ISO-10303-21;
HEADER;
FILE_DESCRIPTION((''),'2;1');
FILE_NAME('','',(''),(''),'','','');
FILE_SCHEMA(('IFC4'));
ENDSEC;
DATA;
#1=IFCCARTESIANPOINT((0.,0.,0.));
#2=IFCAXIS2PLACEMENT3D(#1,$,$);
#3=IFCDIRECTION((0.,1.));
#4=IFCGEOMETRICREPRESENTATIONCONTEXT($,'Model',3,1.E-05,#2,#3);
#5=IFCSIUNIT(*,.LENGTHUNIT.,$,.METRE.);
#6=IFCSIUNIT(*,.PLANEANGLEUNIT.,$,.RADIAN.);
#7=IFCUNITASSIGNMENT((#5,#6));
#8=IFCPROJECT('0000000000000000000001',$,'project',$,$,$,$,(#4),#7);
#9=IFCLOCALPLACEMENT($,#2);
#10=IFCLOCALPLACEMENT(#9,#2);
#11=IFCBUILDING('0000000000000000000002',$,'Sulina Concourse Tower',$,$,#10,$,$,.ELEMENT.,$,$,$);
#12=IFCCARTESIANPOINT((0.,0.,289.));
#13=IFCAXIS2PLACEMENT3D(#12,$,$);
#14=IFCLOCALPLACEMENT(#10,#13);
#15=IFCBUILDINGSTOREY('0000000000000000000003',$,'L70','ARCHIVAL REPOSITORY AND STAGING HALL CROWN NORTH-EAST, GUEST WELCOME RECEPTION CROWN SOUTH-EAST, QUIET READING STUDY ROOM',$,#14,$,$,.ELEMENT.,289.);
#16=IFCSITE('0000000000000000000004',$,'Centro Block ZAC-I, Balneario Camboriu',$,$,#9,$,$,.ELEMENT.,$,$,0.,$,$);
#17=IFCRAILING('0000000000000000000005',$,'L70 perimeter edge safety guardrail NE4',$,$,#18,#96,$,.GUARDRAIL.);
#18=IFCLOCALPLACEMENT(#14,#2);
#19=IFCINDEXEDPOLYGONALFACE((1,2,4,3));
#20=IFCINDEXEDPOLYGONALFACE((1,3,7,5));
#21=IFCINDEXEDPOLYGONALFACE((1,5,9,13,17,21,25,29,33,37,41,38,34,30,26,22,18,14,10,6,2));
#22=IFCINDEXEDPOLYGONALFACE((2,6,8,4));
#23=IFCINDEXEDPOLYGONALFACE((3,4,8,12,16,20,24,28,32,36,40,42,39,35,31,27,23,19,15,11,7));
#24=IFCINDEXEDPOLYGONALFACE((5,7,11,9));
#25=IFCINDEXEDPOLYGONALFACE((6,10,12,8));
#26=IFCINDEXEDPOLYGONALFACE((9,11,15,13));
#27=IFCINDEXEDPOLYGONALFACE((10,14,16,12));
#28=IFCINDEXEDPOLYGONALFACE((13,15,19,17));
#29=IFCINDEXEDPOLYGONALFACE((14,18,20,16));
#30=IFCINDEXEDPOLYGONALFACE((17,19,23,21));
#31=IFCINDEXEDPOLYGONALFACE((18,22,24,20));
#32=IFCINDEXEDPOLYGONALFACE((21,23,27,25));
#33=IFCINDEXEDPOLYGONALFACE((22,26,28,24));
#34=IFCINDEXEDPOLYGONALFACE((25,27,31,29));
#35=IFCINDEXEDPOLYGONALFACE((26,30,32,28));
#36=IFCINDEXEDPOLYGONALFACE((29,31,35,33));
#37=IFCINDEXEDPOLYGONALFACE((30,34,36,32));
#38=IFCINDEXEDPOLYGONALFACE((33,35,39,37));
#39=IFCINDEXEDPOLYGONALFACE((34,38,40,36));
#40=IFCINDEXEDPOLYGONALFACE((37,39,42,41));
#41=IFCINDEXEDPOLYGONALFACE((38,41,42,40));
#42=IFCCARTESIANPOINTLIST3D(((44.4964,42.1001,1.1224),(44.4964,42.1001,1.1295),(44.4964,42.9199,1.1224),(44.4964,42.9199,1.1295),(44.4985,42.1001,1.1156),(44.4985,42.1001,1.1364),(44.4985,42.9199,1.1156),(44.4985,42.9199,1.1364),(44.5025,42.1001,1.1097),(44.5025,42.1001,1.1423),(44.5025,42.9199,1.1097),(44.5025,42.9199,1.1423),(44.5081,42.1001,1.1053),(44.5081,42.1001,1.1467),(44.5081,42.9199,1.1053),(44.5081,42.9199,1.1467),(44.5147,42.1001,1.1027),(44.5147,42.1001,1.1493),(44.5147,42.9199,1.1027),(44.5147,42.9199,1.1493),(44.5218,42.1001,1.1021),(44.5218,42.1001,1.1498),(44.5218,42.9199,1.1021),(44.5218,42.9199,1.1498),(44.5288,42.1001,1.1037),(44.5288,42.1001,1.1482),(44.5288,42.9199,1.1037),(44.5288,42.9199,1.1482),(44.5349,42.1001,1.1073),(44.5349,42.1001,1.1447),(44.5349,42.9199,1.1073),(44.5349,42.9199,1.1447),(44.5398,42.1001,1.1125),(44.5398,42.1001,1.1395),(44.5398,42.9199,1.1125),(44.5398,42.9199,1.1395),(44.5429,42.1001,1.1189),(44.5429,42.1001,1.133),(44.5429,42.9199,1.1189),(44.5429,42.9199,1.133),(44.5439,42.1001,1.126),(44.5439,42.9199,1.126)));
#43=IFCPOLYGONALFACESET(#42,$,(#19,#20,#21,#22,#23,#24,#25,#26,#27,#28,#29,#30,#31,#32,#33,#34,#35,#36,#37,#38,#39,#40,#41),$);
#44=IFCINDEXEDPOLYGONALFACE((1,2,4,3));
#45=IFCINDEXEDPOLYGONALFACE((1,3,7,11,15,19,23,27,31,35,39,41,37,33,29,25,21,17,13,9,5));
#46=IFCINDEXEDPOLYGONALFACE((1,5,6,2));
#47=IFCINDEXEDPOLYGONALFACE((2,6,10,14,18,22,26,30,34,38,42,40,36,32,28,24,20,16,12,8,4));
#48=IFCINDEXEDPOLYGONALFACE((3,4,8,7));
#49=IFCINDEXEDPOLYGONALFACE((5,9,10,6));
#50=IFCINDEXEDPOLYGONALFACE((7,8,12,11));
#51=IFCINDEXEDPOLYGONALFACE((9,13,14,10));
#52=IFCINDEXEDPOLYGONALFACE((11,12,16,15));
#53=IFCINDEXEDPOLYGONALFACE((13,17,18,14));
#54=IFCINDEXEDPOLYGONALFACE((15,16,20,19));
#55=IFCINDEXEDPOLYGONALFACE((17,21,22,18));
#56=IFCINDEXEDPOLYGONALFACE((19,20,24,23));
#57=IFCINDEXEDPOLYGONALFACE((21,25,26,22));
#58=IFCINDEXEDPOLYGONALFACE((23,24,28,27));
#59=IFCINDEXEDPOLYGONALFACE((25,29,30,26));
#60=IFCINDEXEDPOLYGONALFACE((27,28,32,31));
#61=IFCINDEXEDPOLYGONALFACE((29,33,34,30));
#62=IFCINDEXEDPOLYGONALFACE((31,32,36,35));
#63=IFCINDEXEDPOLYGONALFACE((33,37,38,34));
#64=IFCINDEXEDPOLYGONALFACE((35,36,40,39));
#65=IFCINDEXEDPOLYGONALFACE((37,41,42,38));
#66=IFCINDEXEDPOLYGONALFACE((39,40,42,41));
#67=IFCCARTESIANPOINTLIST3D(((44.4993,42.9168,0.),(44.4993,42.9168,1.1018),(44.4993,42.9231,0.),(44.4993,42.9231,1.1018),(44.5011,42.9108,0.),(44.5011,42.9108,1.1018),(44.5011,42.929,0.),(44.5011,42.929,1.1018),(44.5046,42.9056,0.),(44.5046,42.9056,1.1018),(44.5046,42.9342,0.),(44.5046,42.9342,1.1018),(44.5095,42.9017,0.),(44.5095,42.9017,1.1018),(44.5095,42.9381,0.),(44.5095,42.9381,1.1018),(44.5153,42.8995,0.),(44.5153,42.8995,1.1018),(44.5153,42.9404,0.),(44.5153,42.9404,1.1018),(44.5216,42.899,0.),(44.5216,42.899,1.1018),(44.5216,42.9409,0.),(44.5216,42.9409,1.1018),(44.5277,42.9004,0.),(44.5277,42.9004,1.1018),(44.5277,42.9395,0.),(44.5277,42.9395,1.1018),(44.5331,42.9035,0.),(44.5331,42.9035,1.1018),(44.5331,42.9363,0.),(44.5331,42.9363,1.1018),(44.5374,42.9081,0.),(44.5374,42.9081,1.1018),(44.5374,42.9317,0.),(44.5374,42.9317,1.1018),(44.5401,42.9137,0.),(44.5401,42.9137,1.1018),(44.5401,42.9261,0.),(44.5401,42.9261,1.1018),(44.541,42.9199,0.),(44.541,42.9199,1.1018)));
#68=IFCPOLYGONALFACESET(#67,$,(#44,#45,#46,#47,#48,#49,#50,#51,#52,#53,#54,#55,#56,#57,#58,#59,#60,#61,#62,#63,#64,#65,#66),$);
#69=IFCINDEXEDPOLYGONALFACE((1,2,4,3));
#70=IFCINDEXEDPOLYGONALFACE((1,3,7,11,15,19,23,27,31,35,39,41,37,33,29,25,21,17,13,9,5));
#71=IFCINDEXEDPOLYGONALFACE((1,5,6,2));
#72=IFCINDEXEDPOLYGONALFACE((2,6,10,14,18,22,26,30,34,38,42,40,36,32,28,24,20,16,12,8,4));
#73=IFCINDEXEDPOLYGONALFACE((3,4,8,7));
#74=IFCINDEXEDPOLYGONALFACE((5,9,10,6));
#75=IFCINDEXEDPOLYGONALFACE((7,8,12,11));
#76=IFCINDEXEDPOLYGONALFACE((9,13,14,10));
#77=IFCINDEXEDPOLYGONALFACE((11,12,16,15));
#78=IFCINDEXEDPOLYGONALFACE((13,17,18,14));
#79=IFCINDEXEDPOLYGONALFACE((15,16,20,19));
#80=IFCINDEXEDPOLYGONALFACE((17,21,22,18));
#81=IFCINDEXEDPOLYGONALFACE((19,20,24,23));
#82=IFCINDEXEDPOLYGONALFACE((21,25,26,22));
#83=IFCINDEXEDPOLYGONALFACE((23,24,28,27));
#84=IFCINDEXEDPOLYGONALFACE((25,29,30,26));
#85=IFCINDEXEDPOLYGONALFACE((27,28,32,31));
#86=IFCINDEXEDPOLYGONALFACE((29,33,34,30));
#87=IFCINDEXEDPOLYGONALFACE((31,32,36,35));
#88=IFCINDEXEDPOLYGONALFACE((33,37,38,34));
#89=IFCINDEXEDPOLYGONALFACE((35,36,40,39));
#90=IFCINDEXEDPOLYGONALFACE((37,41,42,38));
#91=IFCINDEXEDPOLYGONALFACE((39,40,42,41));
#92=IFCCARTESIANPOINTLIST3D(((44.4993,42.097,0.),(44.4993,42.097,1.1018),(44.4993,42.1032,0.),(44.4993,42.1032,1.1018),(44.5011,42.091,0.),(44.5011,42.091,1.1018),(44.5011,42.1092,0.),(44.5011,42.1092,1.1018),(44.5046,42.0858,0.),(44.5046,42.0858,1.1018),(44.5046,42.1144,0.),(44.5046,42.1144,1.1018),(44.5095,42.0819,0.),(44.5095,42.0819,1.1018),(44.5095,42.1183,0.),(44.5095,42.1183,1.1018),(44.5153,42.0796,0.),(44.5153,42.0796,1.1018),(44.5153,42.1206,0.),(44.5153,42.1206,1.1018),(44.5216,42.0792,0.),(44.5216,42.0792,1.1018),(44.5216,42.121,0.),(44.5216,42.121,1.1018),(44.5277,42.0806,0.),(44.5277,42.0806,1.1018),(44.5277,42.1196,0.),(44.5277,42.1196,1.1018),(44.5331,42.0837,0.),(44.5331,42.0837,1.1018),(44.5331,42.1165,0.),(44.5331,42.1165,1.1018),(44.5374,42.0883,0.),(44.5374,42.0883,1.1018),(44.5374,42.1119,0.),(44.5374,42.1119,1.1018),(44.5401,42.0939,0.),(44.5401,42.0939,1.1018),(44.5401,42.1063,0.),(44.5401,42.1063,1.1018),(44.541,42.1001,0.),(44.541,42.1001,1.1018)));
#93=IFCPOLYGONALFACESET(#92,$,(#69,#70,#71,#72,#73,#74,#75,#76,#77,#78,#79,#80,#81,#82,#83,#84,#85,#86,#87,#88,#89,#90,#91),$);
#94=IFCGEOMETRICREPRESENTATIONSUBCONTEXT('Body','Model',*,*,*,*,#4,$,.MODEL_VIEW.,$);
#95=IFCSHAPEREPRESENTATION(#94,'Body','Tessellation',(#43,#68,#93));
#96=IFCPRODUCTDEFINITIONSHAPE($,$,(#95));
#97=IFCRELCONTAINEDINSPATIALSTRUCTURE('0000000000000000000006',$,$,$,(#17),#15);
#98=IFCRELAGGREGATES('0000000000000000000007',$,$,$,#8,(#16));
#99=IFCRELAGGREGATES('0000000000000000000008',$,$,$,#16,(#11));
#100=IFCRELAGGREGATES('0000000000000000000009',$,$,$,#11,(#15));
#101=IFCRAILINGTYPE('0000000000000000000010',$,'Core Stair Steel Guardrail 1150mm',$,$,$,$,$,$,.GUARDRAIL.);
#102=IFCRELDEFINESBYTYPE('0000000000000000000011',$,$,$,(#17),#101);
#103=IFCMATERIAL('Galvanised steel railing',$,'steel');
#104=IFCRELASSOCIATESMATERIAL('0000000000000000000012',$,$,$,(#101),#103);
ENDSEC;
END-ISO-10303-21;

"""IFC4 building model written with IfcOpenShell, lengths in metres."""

from ifc_helpers import new_model, si_unit, direction, frame, origin, origin_2d, place, context, subcontext, project, spatial, circle, extrude, material, type_object, element, save


model = new_model("IFC4")

# Units and contexts
model_context = context("Model", 3, precision=1e-05, world=origin(), true_north=direction((0.0, 1.0)))
body_context = subcontext(model_context, "Body", "Model", "MODEL_VIEW")
ifc_project = project(units=[si_unit("LENGTHUNIT", "METRE"), si_unit("PLANEANGLEUNIT", "RADIAN")], contexts=[model_context])

# Site, building, storey
site_placement = place(None, origin())
site = spatial("IfcSite", under=ifc_project, at=site_placement, Name="Centro Block ZAC-I, Balneario Camboriu", CompositionType="ELEMENT", RefElevation=0.0)
building_placement = place(site_placement, origin())
building = spatial("IfcBuilding", under=site, at=building_placement, Name="Sulina Concourse Tower", CompositionType="ELEMENT")
storey_placement = place(building_placement, frame((0.0, 0.0, 289.0)))
storey = spatial("IfcBuildingStorey", under=building, at=storey_placement, Name="L70", Description="ARCHIVAL REPOSITORY AND STAGING HALL CROWN NORTH-EAST, GUEST WELCOME RECEPTION CROWN SOUTH-EAST, QUIET READING STUDY ROOM", CompositionType="ELEMENT", Elevation=289.0)

# Railing
ifc_material_1 = material(Name="Galvanised steel railing", Category="steel")
railing_type_1 = type_object("IfcRailingType", Name="Core Stair Steel Guardrail 1150mm", PredefinedType="GUARDRAIL", material=ifc_material_1)
railing_1_placement = place(storey_placement, frame((44.52, 42.9199, 0.0)))
element("IfcRailing", 1, at=railing_1_placement, inside=storey, type_object=railing_type_1, Name="L70 perimeter edge safety guardrail NE4", PredefinedType="GUARDRAIL", context=body_context, shape_type="SweptSolid", body=[
    extrude(circle(Radius=0.0239, at=origin_2d()), frame((0.0, 0.0, 1.126), z_axis=(0.0, -1.0, 0.0), x_axis=(1.0, 0.0, 0.0)), (0.0, 0.0, 1.0), 0.8198),
    extrude(circle(Radius=0.021, at=origin_2d()), origin(), (0.0, 0.0, 1.0), 1.1018),
    extrude(circle(Radius=0.021, at=origin_2d()), frame((0.0, -0.8198, 0.0)), (0.0, 0.0, 1.0), 1.1018),
])

save(model, "model.ifc")
